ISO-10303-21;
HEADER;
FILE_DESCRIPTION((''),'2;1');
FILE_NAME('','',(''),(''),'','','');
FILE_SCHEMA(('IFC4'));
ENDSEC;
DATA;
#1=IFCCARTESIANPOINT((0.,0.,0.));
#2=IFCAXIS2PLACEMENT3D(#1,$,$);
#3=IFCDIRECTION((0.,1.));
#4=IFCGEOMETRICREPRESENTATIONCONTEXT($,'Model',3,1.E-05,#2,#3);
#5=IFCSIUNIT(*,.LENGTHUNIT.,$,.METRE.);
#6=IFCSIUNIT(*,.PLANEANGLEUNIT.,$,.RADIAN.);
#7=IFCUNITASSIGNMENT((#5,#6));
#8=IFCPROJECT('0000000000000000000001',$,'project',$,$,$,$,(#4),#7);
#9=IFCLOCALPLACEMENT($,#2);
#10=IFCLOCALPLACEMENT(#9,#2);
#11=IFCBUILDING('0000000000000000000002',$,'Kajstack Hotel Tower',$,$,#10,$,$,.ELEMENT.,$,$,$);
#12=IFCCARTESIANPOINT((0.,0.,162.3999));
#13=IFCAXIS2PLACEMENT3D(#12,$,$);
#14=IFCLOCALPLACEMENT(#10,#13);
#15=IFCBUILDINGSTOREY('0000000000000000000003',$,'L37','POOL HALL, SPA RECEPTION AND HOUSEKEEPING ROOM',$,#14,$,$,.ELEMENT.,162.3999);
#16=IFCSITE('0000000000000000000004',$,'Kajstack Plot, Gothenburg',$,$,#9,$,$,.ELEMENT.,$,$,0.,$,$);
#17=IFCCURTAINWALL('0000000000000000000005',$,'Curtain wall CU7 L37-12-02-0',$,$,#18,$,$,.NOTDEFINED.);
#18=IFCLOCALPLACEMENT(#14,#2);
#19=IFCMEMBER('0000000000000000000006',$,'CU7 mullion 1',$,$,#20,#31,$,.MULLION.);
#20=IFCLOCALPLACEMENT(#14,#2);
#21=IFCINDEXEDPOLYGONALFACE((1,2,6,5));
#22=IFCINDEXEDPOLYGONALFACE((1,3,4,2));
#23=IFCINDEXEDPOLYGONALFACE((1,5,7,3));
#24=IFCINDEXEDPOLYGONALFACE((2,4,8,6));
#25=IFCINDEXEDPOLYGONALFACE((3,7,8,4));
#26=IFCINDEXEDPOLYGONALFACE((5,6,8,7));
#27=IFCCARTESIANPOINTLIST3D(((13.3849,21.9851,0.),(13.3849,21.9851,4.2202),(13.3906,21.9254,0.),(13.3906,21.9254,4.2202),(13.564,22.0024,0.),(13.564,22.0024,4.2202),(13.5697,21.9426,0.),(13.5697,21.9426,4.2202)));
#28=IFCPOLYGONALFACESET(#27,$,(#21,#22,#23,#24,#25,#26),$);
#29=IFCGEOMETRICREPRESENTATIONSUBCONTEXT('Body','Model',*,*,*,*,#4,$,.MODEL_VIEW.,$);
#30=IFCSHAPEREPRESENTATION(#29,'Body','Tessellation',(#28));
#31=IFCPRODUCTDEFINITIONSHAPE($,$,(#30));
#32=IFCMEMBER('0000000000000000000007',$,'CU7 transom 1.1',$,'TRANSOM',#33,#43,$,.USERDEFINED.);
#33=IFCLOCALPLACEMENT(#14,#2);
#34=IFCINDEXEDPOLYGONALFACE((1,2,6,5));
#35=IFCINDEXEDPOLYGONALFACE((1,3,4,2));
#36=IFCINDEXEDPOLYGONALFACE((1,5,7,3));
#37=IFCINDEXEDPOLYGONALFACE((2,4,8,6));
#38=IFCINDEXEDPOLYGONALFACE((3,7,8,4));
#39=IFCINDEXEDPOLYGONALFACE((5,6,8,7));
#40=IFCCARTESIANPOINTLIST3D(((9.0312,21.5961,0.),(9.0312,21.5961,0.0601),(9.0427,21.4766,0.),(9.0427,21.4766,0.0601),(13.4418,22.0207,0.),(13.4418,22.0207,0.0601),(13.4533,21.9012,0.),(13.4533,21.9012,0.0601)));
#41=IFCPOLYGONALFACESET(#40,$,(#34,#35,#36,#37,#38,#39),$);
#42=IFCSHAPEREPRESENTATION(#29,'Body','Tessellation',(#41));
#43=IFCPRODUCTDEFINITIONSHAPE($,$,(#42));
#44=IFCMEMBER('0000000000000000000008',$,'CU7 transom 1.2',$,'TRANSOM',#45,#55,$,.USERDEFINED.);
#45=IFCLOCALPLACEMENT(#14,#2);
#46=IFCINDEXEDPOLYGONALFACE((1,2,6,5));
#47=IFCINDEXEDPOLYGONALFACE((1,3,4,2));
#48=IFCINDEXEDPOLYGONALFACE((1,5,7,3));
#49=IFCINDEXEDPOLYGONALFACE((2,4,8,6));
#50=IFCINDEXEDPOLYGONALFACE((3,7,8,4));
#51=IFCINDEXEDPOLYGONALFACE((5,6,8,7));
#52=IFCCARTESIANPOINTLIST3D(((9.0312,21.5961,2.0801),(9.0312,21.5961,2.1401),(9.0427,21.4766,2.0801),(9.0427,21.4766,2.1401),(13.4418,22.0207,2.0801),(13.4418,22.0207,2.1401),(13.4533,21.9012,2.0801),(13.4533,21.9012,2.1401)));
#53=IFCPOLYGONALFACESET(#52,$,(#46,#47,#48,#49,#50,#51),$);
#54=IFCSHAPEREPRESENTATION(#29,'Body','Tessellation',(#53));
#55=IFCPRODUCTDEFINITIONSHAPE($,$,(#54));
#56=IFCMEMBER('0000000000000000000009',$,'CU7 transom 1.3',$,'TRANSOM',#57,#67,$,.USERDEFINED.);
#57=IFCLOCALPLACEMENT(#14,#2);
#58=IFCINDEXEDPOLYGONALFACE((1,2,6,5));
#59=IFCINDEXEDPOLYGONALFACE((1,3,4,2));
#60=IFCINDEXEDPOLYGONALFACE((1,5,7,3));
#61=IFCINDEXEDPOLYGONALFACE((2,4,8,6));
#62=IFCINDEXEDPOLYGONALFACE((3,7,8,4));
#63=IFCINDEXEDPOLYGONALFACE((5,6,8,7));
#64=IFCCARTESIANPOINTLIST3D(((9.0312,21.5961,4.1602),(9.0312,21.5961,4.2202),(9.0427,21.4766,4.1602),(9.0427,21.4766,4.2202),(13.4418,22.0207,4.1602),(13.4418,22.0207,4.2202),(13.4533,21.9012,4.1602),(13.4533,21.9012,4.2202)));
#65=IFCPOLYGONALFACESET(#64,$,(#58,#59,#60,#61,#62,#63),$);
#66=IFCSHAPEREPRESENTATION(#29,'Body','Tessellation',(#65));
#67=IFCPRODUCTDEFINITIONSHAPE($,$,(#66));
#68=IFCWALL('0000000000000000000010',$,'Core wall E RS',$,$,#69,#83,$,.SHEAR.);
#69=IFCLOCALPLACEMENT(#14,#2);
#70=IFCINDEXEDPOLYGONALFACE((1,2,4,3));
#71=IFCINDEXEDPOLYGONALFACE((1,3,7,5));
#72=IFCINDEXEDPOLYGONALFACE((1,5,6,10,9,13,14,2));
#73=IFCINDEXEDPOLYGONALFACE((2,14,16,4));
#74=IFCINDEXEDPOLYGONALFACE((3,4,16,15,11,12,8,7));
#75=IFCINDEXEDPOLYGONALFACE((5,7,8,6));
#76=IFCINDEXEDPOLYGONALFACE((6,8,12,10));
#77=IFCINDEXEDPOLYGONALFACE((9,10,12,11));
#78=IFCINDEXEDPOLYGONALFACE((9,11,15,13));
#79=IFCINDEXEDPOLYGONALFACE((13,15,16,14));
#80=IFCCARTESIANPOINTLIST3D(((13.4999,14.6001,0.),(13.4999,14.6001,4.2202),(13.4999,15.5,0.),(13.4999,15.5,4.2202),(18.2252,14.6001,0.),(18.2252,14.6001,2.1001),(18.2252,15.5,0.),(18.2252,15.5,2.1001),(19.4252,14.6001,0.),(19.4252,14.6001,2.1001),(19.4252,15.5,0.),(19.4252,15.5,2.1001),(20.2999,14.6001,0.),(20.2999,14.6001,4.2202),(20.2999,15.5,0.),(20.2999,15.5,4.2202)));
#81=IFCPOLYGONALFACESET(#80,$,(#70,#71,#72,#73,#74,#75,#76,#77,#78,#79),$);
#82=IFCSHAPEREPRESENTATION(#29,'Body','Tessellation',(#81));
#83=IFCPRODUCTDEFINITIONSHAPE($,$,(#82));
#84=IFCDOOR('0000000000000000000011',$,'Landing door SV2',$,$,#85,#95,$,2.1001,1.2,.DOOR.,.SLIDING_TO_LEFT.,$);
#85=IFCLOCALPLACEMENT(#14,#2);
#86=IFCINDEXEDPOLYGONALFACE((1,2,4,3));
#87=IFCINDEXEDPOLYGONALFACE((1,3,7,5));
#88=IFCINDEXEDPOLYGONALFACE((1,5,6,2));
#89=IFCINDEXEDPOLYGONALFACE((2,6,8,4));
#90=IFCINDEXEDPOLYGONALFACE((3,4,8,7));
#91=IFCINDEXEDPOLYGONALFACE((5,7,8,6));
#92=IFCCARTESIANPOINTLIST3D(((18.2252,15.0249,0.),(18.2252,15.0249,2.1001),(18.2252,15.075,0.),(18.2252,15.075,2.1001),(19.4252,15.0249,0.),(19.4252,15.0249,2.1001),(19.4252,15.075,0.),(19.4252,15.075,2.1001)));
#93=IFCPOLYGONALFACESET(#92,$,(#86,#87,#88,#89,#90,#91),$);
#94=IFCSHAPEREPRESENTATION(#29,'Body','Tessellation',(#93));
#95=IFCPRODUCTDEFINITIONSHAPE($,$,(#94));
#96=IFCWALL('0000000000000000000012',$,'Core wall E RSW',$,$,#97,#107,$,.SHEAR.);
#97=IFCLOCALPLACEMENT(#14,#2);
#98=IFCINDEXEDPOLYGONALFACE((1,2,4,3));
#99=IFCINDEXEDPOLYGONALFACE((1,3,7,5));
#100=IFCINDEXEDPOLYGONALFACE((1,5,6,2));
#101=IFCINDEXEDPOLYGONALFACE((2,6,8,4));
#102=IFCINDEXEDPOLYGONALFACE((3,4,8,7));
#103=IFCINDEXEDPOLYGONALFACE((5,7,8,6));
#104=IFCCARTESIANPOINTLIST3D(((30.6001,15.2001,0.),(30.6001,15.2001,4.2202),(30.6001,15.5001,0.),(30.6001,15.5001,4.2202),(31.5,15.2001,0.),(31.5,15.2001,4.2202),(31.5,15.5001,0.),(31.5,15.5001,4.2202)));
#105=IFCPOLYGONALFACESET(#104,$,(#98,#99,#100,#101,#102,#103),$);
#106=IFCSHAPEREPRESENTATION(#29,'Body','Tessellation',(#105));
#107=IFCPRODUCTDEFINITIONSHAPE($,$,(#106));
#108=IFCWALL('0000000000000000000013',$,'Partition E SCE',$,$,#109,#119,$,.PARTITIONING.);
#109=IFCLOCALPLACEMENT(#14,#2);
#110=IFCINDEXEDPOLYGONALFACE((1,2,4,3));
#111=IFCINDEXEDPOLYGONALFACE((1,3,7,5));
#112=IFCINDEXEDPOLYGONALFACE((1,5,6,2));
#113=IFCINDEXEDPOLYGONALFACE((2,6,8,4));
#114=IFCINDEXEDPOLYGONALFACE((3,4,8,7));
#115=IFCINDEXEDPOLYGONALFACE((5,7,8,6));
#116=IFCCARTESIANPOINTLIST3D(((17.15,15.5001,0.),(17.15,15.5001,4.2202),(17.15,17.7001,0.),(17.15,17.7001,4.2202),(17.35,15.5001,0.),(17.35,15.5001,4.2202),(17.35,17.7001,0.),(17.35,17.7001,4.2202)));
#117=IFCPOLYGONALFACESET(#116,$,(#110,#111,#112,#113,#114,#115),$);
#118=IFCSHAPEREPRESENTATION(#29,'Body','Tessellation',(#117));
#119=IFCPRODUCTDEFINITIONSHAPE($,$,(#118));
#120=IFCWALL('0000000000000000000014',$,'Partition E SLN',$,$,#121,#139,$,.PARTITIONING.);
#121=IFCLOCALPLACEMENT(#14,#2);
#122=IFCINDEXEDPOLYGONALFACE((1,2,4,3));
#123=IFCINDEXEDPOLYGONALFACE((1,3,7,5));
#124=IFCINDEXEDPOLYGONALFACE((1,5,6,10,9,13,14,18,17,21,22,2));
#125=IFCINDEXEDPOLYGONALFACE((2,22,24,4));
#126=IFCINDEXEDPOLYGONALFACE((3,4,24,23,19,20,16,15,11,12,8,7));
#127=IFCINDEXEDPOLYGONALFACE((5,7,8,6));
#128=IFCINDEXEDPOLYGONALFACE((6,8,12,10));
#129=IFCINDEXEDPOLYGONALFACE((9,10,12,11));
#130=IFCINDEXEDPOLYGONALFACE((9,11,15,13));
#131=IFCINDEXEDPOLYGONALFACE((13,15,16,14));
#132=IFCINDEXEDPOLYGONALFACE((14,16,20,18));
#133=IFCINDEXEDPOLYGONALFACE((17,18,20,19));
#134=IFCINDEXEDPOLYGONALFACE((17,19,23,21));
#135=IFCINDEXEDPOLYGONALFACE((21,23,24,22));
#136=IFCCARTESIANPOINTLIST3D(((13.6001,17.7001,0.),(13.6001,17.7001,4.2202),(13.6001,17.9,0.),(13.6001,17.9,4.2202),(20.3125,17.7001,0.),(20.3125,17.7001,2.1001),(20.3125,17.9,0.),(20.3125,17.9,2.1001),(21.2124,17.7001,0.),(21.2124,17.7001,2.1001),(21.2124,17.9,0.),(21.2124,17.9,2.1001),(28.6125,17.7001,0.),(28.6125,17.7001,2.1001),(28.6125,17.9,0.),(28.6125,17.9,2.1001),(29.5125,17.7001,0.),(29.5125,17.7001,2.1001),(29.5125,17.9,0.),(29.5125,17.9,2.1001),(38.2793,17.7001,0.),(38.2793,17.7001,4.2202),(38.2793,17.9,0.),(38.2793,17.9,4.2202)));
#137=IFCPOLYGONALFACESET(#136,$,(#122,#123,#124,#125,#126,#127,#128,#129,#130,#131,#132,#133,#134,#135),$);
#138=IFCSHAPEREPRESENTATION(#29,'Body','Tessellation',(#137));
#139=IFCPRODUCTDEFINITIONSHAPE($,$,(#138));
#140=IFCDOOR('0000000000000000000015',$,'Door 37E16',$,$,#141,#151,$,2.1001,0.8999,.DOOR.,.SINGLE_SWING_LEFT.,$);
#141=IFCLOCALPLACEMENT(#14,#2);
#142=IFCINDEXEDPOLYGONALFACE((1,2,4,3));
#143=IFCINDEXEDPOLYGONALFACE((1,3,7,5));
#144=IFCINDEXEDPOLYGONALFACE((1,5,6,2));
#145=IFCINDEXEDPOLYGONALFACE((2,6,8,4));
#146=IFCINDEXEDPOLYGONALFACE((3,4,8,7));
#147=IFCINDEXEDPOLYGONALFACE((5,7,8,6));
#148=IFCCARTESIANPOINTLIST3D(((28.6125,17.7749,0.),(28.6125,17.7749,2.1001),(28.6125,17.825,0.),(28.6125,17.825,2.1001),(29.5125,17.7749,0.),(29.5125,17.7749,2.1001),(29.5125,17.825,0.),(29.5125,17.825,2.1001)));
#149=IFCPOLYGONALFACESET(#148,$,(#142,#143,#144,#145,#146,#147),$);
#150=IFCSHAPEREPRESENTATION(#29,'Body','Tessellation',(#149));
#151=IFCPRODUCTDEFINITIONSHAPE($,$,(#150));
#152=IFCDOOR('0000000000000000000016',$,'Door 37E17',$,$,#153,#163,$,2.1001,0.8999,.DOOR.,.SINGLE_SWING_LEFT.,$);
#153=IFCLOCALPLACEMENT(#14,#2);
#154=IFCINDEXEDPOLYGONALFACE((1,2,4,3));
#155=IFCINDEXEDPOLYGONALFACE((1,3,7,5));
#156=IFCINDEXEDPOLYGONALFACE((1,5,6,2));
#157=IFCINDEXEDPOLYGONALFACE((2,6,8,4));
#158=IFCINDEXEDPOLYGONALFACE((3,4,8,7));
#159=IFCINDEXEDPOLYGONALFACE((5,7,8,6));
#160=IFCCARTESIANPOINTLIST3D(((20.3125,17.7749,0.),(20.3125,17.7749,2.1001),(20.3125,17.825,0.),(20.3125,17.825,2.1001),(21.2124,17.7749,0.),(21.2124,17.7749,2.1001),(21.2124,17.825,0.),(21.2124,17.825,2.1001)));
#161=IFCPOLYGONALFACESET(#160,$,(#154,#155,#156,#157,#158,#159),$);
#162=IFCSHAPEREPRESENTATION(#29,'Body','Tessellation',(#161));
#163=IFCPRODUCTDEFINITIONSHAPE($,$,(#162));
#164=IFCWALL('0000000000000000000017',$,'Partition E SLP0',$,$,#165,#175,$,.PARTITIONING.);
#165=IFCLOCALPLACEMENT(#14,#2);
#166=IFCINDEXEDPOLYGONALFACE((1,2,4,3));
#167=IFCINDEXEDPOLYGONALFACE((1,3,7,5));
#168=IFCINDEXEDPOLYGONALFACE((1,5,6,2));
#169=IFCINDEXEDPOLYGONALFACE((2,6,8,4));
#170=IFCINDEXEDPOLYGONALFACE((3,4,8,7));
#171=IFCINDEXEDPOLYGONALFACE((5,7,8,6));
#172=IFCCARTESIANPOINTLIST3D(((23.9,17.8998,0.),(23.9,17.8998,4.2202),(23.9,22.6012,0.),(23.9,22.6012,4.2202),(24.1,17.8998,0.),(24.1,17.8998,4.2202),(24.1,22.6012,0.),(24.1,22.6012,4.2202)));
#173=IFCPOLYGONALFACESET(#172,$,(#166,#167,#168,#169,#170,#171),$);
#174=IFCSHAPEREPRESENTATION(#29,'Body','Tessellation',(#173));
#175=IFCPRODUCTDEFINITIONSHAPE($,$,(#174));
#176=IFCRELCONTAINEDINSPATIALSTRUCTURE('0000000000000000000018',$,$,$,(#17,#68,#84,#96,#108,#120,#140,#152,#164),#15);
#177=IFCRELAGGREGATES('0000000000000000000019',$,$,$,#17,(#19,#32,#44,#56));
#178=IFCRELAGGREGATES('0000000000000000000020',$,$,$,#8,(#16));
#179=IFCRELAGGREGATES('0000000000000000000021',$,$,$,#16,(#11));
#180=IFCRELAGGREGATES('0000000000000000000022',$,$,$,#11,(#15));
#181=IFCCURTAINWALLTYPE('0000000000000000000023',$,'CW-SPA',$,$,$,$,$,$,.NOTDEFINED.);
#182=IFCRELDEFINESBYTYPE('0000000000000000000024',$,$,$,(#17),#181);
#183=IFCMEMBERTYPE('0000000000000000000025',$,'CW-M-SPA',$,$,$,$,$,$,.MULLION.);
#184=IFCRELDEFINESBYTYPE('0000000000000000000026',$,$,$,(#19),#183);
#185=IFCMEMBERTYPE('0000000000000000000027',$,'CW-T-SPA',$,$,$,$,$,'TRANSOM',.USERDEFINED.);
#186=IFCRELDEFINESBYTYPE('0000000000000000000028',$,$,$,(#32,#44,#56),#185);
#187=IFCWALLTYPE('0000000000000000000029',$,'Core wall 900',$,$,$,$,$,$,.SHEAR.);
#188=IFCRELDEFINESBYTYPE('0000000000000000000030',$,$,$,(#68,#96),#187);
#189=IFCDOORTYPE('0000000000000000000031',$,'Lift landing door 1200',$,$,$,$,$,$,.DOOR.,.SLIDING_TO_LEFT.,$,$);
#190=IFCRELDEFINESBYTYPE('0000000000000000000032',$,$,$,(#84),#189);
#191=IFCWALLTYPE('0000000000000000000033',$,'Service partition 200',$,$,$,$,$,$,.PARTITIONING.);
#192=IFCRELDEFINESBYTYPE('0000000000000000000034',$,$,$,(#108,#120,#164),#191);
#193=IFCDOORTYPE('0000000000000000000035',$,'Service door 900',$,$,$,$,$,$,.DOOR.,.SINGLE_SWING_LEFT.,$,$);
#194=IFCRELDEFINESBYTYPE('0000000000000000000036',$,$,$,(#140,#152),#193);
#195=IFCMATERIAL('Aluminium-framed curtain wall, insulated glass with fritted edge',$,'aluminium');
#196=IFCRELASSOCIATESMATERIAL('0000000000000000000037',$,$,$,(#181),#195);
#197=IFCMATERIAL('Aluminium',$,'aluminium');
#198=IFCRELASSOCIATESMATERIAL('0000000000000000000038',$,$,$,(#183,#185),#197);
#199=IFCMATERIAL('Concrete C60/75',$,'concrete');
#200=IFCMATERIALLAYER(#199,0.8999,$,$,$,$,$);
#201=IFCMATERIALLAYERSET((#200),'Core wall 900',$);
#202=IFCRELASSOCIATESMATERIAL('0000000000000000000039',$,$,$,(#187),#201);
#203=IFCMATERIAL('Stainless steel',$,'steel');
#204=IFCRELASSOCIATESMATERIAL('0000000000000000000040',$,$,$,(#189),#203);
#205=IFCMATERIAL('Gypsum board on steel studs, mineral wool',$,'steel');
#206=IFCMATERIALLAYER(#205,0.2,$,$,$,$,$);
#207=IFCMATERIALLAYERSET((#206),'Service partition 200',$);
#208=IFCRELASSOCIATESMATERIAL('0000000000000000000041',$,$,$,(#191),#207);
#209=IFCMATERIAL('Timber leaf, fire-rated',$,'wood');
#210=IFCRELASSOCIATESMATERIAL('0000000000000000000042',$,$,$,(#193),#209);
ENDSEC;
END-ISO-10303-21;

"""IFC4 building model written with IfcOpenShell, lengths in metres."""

from ifc_helpers import new_model, si_unit, direction, frame, frame_2d, origin, origin_2d, place, context, subcontext, project, spatial, rectangle, extrude, material, layer, layer_set, material_profile, profile_set, type_object, element, fill, aggregate, save


model = new_model("IFC4")

# Units and contexts
model_context = context("Model", 3, precision=1e-05, world=origin(), true_north=direction((0.0, 1.0)))
body_context = subcontext(model_context, "Body", "Model", "MODEL_VIEW")
ifc_project = project(units=[si_unit("LENGTHUNIT", "METRE"), si_unit("PLANEANGLEUNIT", "RADIAN")], contexts=[model_context])

# Site, building, storey
site_placement = place(None, origin())
site = spatial("IfcSite", under=ifc_project, at=site_placement, Name="Kajstack Plot, Gothenburg", CompositionType="ELEMENT", RefElevation=0.0)
building_placement = place(site_placement, origin())
building = spatial("IfcBuilding", under=site, at=building_placement, Name="Kajstack Hotel Tower", CompositionType="ELEMENT")
storey_placement = place(building_placement, frame((0.0, 0.0, 162.3999)))
storey = spatial("IfcBuildingStorey", under=building, at=storey_placement, Name="L37", Description="POOL HALL, SPA RECEPTION AND HOUSEKEEPING ROOM", CompositionType="ELEMENT", Elevation=162.3999)

# Curtain wall, members
ifc_material_1 = material(Name="Aluminium-framed curtain wall, insulated glass with fritted edge", Category="aluminium")
curtain_wall_type = type_object("IfcCurtainWallType", Name="CW-SPA", PredefinedType="NOTDEFINED", material=ifc_material_1)
curtain_wall_placement = place(storey_placement, origin())
curtain_wall = element("IfcCurtainWall", 1, at=curtain_wall_placement, inside=storey, type_object=curtain_wall_type, Name="Curtain wall CU7 L37-12-02-0", PredefinedType="NOTDEFINED")
ifc_material_2 = material(Name="Aluminium", Category="aluminium")
ifc_material_profile_1 = material_profile(ifc_material_2, rectangle(XDim=0.0601, YDim=0.1799, at=origin_2d()), Name="Aluminium mullion 60 x 180")
ifc_profile_set_1 = profile_set([ifc_material_profile_1], Name="Aluminium")
member_type_1 = type_object("IfcMemberType", Name="CW-M-SPA", PredefinedType="MULLION", material=ifc_profile_set_1)
member_1_placement = place(storey_placement, frame((13.4773, 21.9639, 0.0), z_axis=(0.0, 0.0, 1.0), x_axis=(0.095845, -0.995396, 0.0)))
member_1 = element("IfcMember", 2, at=member_1_placement, type_object=member_type_1, Name="CU7 mullion 1", PredefinedType="MULLION", context=body_context, shape_type="SweptSolid", body=[
    extrude(rectangle(XDim=0.0601, YDim=0.1799, at=origin_2d()), origin(), (0.0, 0.0, 1.0), 4.2202),
])
ifc_material_profile_2 = material_profile(ifc_material_2, rectangle(XDim=0.1201, YDim=0.0601, at=origin_2d()), Name="Aluminium transom 120 x 60")
ifc_profile_set_2 = profile_set([ifc_material_profile_2], Name="Aluminium")
member_type_2 = type_object("IfcMemberType", Name="CW-T-SPA", ElementType="TRANSOM", PredefinedType="USERDEFINED", material=ifc_profile_set_2)
member_2_placement = place(storey_placement, frame((13.4475, 21.9609, 0.03), z_axis=(-0.995399, -0.095821, 0.0), x_axis=(0.095821, -0.995399, 0.0)))
member_2 = element("IfcMember", 3, at=member_2_placement, type_object=member_type_2, Name="CU7 transom 1.1", ObjectType="TRANSOM", PredefinedType="USERDEFINED", context=body_context, shape_type="SweptSolid", body=[
    extrude(rectangle(XDim=0.1201, YDim=0.0601, at=origin_2d()), origin(), (0.0, 0.0, 1.0), 4.4309),
])
member_3_placement = place(storey_placement, frame((13.4475, 21.9609, 2.1101), z_axis=(-0.995399, -0.095821, 0.0), x_axis=(0.095821, -0.995399, 0.0)))
member_3 = element("IfcMember", 4, at=member_3_placement, type_object=member_type_2, Name="CU7 transom 1.2", ObjectType="TRANSOM", PredefinedType="USERDEFINED", context=body_context, shape_type="SweptSolid", body=[
    extrude(rectangle(XDim=0.1201, YDim=0.0601, at=origin_2d()), origin(), (0.0, 0.0, 1.0), 4.4309),
])
member_4_placement = place(storey_placement, frame((13.4475, 21.9609, 4.1902), z_axis=(-0.995399, -0.095821, 0.0), x_axis=(0.095821, -0.995399, 0.0)))
member_4 = element("IfcMember", 5, at=member_4_placement, type_object=member_type_2, Name="CU7 transom 1.3", ObjectType="TRANSOM", PredefinedType="USERDEFINED", context=body_context, shape_type="SweptSolid", body=[
    extrude(rectangle(XDim=0.1201, YDim=0.0601, at=origin_2d()), origin(), (0.0, 0.0, 1.0), 4.4309),
])
aggregate(curtain_wall, [member_1, member_2, member_3, member_4])

# Wall, opening, door
ifc_material_3 = material(Name="Concrete C60/75", Category="concrete")
ifc_layer_1 = layer(ifc_material_3, 0.8999)
ifc_layer_set_1 = layer_set([ifc_layer_1], Name="Core wall 900")
wall_type_1 = type_object("IfcWallType", Name="Core wall 900", PredefinedType="SHEAR", material=ifc_layer_set_1)
wall_1_placement = place(storey_placement, frame((13.5, 15.05, 0.0), z_axis=(0.0, 0.0, 1.0), x_axis=(1.0, 0.0, 0.0)))
wall_1 = element("IfcWall", 6, at=wall_1_placement, inside=storey, type_object=wall_type_1, Name="Core wall E RS", PredefinedType="SHEAR", context=body_context, shape_type="SweptSolid", body=[
    extrude(rectangle(XDim=6.8, YDim=0.8999, at=frame_2d((3.3999, 0.0))), origin(), (0.0, 0.0, 1.0), 4.2202),
])
opening_1_placement = place(wall_1_placement, frame((4.7251, 0.0, 0.0)))
opening_1 = element("IfcOpeningElement", 7, at=opening_1_placement, cuts=wall_1, PredefinedType="OPENING", context=body_context, shape_type="SweptSolid", body=[
    extrude(rectangle(XDim=1.2, YDim=2.1001, at=frame_2d((0.6001, 1.05))), frame((0.0, 0.46, 0.0), z_axis=(0.0, -1.0, 0.0), x_axis=(1.0, 0.0, 0.0)), (0.0, 0.0, 1.0), 0.9199),
])
ifc_material_4 = material(Name="Stainless steel", Category="steel")
door_type_1 = type_object("IfcDoorType", Name="Lift landing door 1200", OperationType="SLIDING_TO_LEFT", PredefinedType="DOOR", material=ifc_material_4)
door_1_placement = place(opening_1_placement, origin())
door_1 = element("IfcDoor", 8, at=door_1_placement, inside=storey, type_object=door_type_1, Name="Landing door SV2", OperationType="SLIDING_TO_LEFT", OverallHeight=2.1001, OverallWidth=1.2, PredefinedType="DOOR", context=body_context, shape_type="SweptSolid", body=[
    extrude(rectangle(XDim=1.2, YDim=2.1001, at=frame_2d((0.6001, 1.05))), frame((0.0, 0.0249, 0.0), z_axis=(0.0, -1.0, 0.0), x_axis=(1.0, 0.0, 0.0)), (0.0, 0.0, 1.0), 0.05),
])
fill(opening_1, door_1)

# Walls
wall_2_placement = place(storey_placement, frame((30.6001, 15.3501, 0.0), z_axis=(0.0, 0.0, 1.0), x_axis=(1.0, 0.0, 0.0)))
element("IfcWall", 9, at=wall_2_placement, inside=storey, type_object=wall_type_1, Name="Core wall E RSW", PredefinedType="SHEAR", context=body_context, shape_type="SweptSolid", body=[
    extrude(rectangle(XDim=0.8999, YDim=0.3, at=frame_2d((0.45, 0.0))), origin(), (0.0, 0.0, 1.0), 4.2202),
])
ifc_material_5 = material(Name="Gypsum board on steel studs, mineral wool", Category="steel")
ifc_layer_2 = layer(ifc_material_5, 0.2)
ifc_layer_set_2 = layer_set([ifc_layer_2], Name="Service partition 200")
wall_type_2 = type_object("IfcWallType", Name="Service partition 200", PredefinedType="PARTITIONING", material=ifc_layer_set_2)
wall_3_placement = place(storey_placement, frame((17.25, 15.5, 0.0), z_axis=(0.0, 0.0, 1.0), x_axis=(0.0, 1.0, 0.0)))
element("IfcWall", 10, at=wall_3_placement, inside=storey, type_object=wall_type_2, Name="Partition E SCE", PredefinedType="PARTITIONING", context=body_context, shape_type="SweptSolid", body=[
    extrude(rectangle(XDim=2.2, YDim=0.2, at=frame_2d((1.1001, 0.0))), origin(), (0.0, 0.0, 1.0), 4.2202),
])

# Wall, openings, doors
wall_4_placement = place(storey_placement, frame((13.6001, 17.8, 0.0), z_axis=(0.0, 0.0, 1.0), x_axis=(1.0, 0.0, 0.0)))
wall_4 = element("IfcWall", 11, at=wall_4_placement, inside=storey, type_object=wall_type_2, Name="Partition E SLN", PredefinedType="PARTITIONING", context=body_context, shape_type="SweptSolid", body=[
    extrude(rectangle(XDim=24.6792, YDim=0.2, at=frame_2d((12.3396, 0.0))), origin(), (0.0, 0.0, 1.0), 4.2202),
])
opening_2_placement = place(wall_4_placement, frame((15.0125, 0.0, 0.0)))
opening_2 = element("IfcOpeningElement", 12, at=opening_2_placement, cuts=wall_4, PredefinedType="OPENING", context=body_context, shape_type="SweptSolid", body=[
    extrude(rectangle(XDim=0.8999, YDim=2.1001, at=frame_2d((0.45, 1.05))), frame((0.0, 0.1099, 0.0), z_axis=(0.0, -1.0, 0.0), x_axis=(1.0, 0.0, 0.0)), (0.0, 0.0, 1.0), 0.22),
])
opening_3_placement = place(wall_4_placement, frame((6.7124, 0.0, 0.0)))
opening_3 = element("IfcOpeningElement", 13, at=opening_3_placement, cuts=wall_4, PredefinedType="OPENING", context=body_context, shape_type="SweptSolid", body=[
    extrude(rectangle(XDim=0.8999, YDim=2.1001, at=frame_2d((0.45, 1.05))), frame((0.0, 0.1099, 0.0), z_axis=(0.0, -1.0, 0.0), x_axis=(1.0, 0.0, 0.0)), (0.0, 0.0, 1.0), 0.22),
])
ifc_material_6 = material(Name="Timber leaf, fire-rated", Category="wood")
door_type_2 = type_object("IfcDoorType", Name="Service door 900", OperationType="SINGLE_SWING_LEFT", PredefinedType="DOOR", material=ifc_material_6)
door_2_placement = place(opening_2_placement, origin())
door_2 = element("IfcDoor", 14, at=door_2_placement, inside=storey, type_object=door_type_2, Name="Door 37E16", OperationType="SINGLE_SWING_LEFT", OverallHeight=2.1001, OverallWidth=0.8999, PredefinedType="DOOR", context=body_context, shape_type="SweptSolid", body=[
    extrude(rectangle(XDim=0.8999, YDim=2.1001, at=frame_2d((0.45, 1.05))), frame((0.0, 0.0249, 0.0), z_axis=(0.0, -1.0, 0.0), x_axis=(1.0, 0.0, 0.0)), (0.0, 0.0, 1.0), 0.05),
])
fill(opening_2, door_2)
door_3_placement = place(opening_3_placement, origin())
door_3 = element("IfcDoor", 15, at=door_3_placement, inside=storey, type_object=door_type_2, Name="Door 37E17", OperationType="SINGLE_SWING_LEFT", OverallHeight=2.1001, OverallWidth=0.8999, PredefinedType="DOOR", context=body_context, shape_type="SweptSolid", body=[
    extrude(rectangle(XDim=0.8999, YDim=2.1001, at=frame_2d((0.45, 1.05))), frame((0.0, 0.0249, 0.0), z_axis=(0.0, -1.0, 0.0), x_axis=(1.0, 0.0, 0.0)), (0.0, 0.0, 1.0), 0.05),
])
fill(opening_3, door_3)

# Wall
wall_5_placement = place(storey_placement, frame((24.0, 17.8999, 0.0), z_axis=(0.0, 0.0, 1.0), x_axis=(0.0, 1.0, 0.0)))
element("IfcWall", 16, at=wall_5_placement, inside=storey, type_object=wall_type_2, Name="Partition E SLP0", PredefinedType="PARTITIONING", context=body_context, shape_type="SweptSolid", body=[
    extrude(rectangle(XDim=4.7014, YDim=0.2, at=frame_2d((2.3506, 0.0))), origin(), (0.0, 0.0, 1.0), 4.2202),
])

save(model, "model.ifc")
